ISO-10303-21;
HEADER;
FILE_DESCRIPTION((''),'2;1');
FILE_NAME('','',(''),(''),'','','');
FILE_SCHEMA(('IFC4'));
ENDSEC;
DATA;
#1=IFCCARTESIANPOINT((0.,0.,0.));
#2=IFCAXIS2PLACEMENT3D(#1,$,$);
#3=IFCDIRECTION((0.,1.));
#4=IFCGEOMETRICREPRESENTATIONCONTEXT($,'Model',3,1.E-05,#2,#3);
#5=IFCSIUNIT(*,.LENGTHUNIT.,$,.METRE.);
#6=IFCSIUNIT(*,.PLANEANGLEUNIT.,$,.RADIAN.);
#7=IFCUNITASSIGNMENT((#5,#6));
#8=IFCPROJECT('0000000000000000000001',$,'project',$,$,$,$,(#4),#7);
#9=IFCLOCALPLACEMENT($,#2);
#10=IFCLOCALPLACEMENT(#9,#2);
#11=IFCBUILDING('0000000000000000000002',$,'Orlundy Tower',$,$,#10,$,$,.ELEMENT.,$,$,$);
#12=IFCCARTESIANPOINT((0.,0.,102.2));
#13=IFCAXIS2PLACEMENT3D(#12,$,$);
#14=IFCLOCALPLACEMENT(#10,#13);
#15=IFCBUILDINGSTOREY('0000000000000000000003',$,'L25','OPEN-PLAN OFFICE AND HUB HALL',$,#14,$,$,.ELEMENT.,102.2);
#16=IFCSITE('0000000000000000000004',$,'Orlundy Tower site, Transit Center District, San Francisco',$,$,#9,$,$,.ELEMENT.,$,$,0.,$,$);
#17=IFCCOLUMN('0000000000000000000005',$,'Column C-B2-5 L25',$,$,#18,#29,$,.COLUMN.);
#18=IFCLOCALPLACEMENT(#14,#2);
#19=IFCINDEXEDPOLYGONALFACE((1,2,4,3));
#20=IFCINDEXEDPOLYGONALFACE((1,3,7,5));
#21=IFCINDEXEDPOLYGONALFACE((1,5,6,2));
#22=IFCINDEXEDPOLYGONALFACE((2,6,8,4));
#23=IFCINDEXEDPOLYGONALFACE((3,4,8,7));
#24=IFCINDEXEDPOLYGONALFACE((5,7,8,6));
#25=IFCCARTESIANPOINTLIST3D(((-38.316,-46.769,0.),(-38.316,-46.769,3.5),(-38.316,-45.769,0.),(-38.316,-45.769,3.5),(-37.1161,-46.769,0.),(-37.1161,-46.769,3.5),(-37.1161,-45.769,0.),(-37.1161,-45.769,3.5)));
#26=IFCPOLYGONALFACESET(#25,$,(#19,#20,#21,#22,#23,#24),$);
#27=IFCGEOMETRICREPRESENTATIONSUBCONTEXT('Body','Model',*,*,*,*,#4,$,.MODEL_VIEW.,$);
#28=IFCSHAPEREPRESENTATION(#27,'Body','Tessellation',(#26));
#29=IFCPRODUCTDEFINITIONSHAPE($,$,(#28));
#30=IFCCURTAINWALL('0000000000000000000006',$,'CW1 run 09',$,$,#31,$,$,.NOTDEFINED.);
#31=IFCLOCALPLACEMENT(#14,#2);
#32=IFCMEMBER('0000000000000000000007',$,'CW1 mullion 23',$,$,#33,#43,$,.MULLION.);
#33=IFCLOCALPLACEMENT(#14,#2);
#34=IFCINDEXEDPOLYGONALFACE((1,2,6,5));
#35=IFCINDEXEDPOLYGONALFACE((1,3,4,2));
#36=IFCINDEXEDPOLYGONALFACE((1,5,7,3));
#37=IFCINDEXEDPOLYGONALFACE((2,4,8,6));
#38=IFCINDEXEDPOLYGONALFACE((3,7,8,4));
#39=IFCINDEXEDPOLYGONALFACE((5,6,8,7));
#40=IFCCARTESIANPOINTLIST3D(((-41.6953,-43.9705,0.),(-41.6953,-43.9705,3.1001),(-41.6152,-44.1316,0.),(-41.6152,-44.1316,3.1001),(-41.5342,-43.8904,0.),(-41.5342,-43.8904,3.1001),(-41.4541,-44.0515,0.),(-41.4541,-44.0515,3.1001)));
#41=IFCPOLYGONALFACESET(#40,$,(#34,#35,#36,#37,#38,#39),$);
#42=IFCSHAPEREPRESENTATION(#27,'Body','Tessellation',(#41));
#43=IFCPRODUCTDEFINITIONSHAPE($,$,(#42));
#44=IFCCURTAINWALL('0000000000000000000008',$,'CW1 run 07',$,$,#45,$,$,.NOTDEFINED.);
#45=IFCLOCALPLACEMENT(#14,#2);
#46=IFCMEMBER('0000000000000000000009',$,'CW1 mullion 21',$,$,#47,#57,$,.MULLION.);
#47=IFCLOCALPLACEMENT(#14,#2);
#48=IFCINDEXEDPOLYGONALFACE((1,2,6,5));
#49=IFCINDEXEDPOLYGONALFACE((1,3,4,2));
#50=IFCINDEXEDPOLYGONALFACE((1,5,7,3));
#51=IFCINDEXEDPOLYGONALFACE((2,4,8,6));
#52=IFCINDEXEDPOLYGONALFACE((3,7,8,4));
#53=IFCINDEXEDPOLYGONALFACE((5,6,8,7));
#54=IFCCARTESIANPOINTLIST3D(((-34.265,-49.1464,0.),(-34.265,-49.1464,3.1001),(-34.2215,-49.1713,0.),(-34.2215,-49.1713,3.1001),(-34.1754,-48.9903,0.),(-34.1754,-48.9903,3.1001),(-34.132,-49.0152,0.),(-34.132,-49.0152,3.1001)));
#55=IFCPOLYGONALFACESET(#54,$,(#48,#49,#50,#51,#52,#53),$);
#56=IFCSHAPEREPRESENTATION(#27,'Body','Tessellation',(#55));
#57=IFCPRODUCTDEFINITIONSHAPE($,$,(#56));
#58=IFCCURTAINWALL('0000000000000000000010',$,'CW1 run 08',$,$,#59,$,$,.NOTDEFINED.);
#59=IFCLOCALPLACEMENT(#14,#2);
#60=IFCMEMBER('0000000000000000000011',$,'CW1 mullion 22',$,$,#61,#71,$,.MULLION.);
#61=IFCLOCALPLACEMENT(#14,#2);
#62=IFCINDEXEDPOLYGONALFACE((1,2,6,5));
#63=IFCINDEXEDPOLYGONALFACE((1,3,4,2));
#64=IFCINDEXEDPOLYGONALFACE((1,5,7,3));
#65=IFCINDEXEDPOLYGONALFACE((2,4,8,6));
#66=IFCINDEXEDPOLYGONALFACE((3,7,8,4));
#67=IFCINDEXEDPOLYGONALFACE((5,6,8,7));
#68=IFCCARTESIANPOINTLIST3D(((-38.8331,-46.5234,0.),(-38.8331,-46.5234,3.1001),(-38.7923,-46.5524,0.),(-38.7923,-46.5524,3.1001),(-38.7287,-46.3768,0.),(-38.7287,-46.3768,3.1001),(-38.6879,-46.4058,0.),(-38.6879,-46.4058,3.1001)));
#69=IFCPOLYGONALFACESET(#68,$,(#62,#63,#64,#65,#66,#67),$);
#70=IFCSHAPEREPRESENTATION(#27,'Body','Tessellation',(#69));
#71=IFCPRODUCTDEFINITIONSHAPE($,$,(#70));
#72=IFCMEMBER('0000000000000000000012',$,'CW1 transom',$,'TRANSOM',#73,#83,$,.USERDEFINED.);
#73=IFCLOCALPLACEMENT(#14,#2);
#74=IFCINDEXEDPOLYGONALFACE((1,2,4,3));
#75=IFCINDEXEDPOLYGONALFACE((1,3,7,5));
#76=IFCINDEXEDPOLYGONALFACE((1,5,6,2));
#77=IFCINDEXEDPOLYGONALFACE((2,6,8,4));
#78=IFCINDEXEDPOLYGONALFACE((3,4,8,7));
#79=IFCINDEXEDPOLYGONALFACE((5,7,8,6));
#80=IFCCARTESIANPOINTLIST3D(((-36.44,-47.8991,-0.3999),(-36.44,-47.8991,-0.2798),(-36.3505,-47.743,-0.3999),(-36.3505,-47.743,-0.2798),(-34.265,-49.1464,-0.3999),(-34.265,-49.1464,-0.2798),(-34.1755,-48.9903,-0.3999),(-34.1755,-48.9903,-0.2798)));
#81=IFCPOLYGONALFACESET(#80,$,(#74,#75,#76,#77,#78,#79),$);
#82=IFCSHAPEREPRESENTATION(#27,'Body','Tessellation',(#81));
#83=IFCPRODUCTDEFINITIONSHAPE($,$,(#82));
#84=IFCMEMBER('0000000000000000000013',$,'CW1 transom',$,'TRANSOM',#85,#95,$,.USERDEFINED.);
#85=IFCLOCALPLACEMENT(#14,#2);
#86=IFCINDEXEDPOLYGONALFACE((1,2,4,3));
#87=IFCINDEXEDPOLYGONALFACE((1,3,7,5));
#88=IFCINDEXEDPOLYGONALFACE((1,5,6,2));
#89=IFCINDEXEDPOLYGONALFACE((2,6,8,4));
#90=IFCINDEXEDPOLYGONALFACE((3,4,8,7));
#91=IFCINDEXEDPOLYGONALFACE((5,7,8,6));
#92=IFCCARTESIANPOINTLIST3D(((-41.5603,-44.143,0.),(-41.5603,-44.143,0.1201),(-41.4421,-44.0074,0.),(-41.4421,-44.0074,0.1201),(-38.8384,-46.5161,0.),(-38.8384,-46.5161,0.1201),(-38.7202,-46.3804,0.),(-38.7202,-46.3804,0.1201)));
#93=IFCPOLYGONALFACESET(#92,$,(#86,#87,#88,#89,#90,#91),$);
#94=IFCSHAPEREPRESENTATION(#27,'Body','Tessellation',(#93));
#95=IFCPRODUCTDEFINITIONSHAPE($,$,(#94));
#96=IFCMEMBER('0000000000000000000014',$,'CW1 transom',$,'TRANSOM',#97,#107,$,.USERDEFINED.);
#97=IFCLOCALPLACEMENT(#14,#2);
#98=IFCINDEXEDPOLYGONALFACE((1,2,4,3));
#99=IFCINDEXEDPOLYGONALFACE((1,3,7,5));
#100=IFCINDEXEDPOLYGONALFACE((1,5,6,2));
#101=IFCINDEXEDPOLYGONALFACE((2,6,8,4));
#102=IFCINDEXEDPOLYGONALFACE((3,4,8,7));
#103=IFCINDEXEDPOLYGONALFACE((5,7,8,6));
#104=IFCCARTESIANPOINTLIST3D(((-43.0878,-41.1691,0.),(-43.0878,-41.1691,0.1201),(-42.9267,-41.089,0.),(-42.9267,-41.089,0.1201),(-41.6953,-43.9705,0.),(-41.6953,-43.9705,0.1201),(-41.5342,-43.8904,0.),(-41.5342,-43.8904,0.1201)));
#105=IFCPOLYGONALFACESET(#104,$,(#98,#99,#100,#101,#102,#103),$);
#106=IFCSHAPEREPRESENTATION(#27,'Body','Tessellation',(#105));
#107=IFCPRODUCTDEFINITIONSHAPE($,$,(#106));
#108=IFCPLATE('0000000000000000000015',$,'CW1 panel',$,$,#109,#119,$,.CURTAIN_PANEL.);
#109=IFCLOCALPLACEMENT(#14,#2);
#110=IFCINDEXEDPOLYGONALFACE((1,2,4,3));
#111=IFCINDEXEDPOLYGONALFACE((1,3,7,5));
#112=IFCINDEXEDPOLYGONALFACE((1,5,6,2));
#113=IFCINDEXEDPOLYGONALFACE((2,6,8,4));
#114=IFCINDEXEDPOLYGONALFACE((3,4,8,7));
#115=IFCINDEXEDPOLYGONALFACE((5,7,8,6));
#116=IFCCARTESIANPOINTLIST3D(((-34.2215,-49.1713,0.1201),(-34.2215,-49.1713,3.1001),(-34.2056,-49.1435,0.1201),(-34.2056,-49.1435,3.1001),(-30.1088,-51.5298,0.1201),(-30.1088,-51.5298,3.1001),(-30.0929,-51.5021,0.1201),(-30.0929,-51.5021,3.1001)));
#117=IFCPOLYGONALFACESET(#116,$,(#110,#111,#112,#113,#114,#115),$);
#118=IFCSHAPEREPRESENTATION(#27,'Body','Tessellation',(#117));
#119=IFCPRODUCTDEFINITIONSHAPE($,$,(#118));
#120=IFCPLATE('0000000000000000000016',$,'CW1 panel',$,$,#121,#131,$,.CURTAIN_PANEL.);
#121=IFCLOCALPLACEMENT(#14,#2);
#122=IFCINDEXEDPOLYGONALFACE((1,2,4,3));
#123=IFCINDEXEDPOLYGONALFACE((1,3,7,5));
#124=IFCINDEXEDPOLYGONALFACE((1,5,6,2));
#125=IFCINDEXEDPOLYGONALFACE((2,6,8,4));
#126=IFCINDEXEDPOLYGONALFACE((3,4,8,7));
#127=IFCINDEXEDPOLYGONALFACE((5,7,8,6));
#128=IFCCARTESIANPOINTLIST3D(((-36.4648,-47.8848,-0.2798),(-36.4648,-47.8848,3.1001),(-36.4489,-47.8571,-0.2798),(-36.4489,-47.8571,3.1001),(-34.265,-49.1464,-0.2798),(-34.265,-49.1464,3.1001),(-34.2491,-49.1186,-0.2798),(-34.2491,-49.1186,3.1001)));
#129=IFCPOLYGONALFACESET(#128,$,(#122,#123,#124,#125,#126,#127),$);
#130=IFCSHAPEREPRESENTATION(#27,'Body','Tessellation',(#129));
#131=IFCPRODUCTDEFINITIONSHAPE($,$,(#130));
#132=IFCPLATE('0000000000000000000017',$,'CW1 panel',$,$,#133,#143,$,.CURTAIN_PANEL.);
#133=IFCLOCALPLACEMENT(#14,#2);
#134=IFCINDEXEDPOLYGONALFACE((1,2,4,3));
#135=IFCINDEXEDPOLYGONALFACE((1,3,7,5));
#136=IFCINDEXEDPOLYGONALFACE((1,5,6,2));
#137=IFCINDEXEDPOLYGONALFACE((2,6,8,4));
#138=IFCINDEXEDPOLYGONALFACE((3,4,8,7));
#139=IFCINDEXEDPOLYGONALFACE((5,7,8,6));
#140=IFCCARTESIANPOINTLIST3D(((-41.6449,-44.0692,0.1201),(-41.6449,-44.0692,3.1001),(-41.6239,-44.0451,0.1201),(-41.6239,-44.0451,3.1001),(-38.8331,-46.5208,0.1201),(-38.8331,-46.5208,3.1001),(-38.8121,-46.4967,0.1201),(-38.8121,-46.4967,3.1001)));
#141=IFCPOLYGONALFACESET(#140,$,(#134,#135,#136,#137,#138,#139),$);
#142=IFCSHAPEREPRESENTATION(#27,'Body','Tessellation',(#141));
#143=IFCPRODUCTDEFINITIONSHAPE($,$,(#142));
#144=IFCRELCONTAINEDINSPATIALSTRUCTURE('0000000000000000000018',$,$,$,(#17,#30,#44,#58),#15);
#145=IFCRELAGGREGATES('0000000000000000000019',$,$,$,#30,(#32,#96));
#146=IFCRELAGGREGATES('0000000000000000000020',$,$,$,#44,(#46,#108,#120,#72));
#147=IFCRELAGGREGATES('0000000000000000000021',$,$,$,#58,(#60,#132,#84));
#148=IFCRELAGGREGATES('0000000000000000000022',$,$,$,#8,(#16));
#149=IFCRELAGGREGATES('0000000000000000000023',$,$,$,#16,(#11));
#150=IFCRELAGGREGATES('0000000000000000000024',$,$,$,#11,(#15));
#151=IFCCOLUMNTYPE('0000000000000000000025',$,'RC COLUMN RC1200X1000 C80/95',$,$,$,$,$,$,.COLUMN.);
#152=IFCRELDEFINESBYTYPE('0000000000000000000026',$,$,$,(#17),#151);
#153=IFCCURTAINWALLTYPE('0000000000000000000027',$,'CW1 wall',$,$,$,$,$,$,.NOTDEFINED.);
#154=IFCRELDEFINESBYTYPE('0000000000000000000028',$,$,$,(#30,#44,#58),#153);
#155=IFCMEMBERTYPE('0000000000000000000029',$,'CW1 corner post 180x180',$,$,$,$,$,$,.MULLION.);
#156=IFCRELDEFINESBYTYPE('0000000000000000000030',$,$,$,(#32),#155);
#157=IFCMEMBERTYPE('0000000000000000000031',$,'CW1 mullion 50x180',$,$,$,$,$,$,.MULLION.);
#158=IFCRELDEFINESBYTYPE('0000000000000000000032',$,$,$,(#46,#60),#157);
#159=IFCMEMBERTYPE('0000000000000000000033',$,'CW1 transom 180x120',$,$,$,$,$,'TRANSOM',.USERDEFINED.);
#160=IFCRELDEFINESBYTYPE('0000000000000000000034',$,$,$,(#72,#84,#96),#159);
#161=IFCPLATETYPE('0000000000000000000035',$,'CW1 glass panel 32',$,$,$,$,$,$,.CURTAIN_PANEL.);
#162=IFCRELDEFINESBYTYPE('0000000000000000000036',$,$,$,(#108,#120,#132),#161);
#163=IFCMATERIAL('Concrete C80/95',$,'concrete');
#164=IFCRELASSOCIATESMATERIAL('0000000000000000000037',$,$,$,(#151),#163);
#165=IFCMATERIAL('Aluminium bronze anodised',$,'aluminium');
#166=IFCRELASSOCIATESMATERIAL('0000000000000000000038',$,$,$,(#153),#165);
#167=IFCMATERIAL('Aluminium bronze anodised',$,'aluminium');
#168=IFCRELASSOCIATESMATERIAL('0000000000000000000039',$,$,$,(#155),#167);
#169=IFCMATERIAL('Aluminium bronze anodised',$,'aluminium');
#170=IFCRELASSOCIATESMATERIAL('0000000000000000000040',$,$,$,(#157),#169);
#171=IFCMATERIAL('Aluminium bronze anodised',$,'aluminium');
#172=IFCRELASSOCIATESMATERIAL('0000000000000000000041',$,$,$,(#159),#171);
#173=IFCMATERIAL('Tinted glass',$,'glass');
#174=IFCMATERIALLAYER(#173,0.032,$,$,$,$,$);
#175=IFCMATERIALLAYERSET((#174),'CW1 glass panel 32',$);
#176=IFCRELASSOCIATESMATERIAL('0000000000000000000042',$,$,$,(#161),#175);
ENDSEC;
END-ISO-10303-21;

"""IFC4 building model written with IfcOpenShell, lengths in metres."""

from ifc_helpers import new_model, si_unit, direction, frame, origin, origin_2d, place, context, subcontext, project, spatial, rectangle, extrude, material, layer, layer_set, material_profile, profile_set, type_object, element, aggregate, save


model = new_model("IFC4")

# Units and contexts
model_context = context("Model", 3, precision=1e-05, world=origin(), true_north=direction((0.0, 1.0)))
body_context = subcontext(model_context, "Body", "Model", "MODEL_VIEW")
ifc_project = project(units=[si_unit("LENGTHUNIT", "METRE"), si_unit("PLANEANGLEUNIT", "RADIAN")], contexts=[model_context])

# Site, building, storey
site_placement = place(None, origin())
site = spatial("IfcSite", under=ifc_project, at=site_placement, Name="Orlundy Tower site, Transit Center District, San Francisco", CompositionType="ELEMENT", RefElevation=0.0)
building_placement = place(site_placement, origin())
building = spatial("IfcBuilding", under=site, at=building_placement, Name="Orlundy Tower", CompositionType="ELEMENT")
storey_placement = place(building_placement, frame((0.0, 0.0, 102.2)))
storey = spatial("IfcBuildingStorey", under=building, at=storey_placement, Name="L25", Description="OPEN-PLAN OFFICE AND HUB HALL", CompositionType="ELEMENT", Elevation=102.2)

# Column
ifc_material_1 = material(Name="Concrete C80/95", Category="concrete")
ifc_material_profile_1 = material_profile(ifc_material_1, rectangle(XDim=1.2, YDim=1.0, at=origin_2d()), Name="RC1200X1000")
ifc_profile_set_1 = profile_set([ifc_material_profile_1], Name="Concrete C80/95")
column_type = type_object("IfcColumnType", Name="RC COLUMN RC1200X1000 C80/95", PredefinedType="COLUMN", material=ifc_profile_set_1)
column_placement = place(storey_placement, frame((-37.7161, -46.269, 0.0), z_axis=(0.0, 0.0, 1.0), x_axis=(1.0, 0.0, 0.0)))
element("IfcColumn", 1, at=column_placement, inside=storey, type_object=column_type, Name="Column C-B2-5 L25", PredefinedType="COLUMN", context=body_context, shape_type="SweptSolid", body=[
    extrude(rectangle(XDim=1.2, YDim=1.0, at=origin_2d()), origin(), (0.0, 0.0, 1.0), 3.5),
])

# Curtain walls, members
ifc_material_2 = material(Name="Aluminium bronze anodised", Category="aluminium")
curtain_wall_type = type_object("IfcCurtainWallType", Name="CW1 wall", PredefinedType="NOTDEFINED", material=ifc_material_2)
curtain_wall_1_placement = place(storey_placement, origin())
curtain_wall_1 = element("IfcCurtainWall", 2, at=curtain_wall_1_placement, inside=storey, type_object=curtain_wall_type, Name="CW1 run 09", PredefinedType="NOTDEFINED")
ifc_material_3 = material(Name="Aluminium bronze anodised", Category="aluminium")
ifc_material_profile_2 = material_profile(ifc_material_3, rectangle(XDim=0.1799, YDim=0.1799, at=origin_2d()), Name="CW1 corner post 180x180")
ifc_profile_set_2 = profile_set([ifc_material_profile_2], Name="Aluminium bronze anodised")
member_type_1 = type_object("IfcMemberType", Name="CW1 corner post 180x180", PredefinedType="MULLION", material=ifc_profile_set_2)
member_1_placement = place(storey_placement, frame((-41.5747, -44.011, 0.0), z_axis=(0.0, 0.0, 1.0), x_axis=(-0.89545, -0.445162, 0.0)))
member_1 = element("IfcMember", 3, at=member_1_placement, type_object=member_type_1, Name="CW1 mullion 23", PredefinedType="MULLION", context=body_context, shape_type="SweptSolid", body=[
    extrude(rectangle(XDim=0.1799, YDim=0.1799, at=origin_2d()), origin(), (0.0, 0.0, 1.0), 3.1001),
])
curtain_wall_2_placement = place(storey_placement, origin())
curtain_wall_2 = element("IfcCurtainWall", 4, at=curtain_wall_2_placement, inside=storey, type_object=curtain_wall_type, Name="CW1 run 07", PredefinedType="NOTDEFINED")
ifc_material_4 = material(Name="Aluminium bronze anodised", Category="aluminium")
ifc_material_profile_3 = material_profile(ifc_material_4, rectangle(XDim=0.1799, YDim=0.05, at=origin_2d()), Name="CW1 mullion 50x180")
ifc_profile_set_3 = profile_set([ifc_material_profile_3], Name="Aluminium bronze anodised")
member_type_2 = type_object("IfcMemberType", Name="CW1 mullion 50x180", PredefinedType="MULLION", material=ifc_profile_set_3)
member_2_placement = place(storey_placement, frame((-34.1985, -49.0808, 0.0), z_axis=(0.0, 0.0, 1.0), x_axis=(-0.497477, -0.867477, 0.0)))
member_2 = element("IfcMember", 5, at=member_2_placement, type_object=member_type_2, Name="CW1 mullion 21", PredefinedType="MULLION", context=body_context, shape_type="SweptSolid", body=[
    extrude(rectangle(XDim=0.1799, YDim=0.05, at=origin_2d()), origin(), (0.0, 0.0, 1.0), 3.1001),
])
curtain_wall_3_placement = place(storey_placement, origin())
curtain_wall_3 = element("IfcCurtainWall", 6, at=curtain_wall_3_placement, inside=storey, type_object=curtain_wall_type, Name="CW1 run 08", PredefinedType="NOTDEFINED")
member_3_placement = place(storey_placement, frame((-38.7605, -46.4646, 0.0), z_axis=(0.0, 0.0, 1.0), x_axis=(-0.580116, -0.814534, 0.0)))
member_3 = element("IfcMember", 7, at=member_3_placement, type_object=member_type_2, Name="CW1 mullion 22", PredefinedType="MULLION", context=body_context, shape_type="SweptSolid", body=[
    extrude(rectangle(XDim=0.1799, YDim=0.05, at=origin_2d()), origin(), (0.0, 0.0, 1.0), 3.1001),
])

# Members
ifc_material_5 = material(Name="Aluminium bronze anodised", Category="aluminium")
ifc_material_profile_4 = material_profile(ifc_material_5, rectangle(XDim=0.1799, YDim=0.1201, at=origin_2d()), Name="CW1 transom 180x120")
ifc_profile_set_4 = profile_set([ifc_material_profile_4], Name="Aluminium bronze anodised")
member_type_3 = type_object("IfcMemberType", Name="CW1 transom 180x120", ElementType="TRANSOM", PredefinedType="USERDEFINED", material=ifc_profile_set_4)
member_4_placement = place(storey_placement, frame((-34.2202, -49.0684, -0.3398), z_axis=(-0.867481, 0.49747, 0.0), x_axis=(-0.49747, -0.867481, 0.0)))
member_4 = element("IfcMember", 8, at=member_4_placement, type_object=member_type_3, Name="CW1 transom", ObjectType="TRANSOM", PredefinedType="USERDEFINED", context=body_context, shape_type="SweptSolid", body=[
    extrude(rectangle(XDim=0.1799, YDim=0.1201, at=origin_2d()), origin(), (0.0, 0.0, 1.0), 2.5073),
])
member_5_placement = place(storey_placement, frame((-38.7793, -46.4482, 0.0601), z_axis=(-0.753761, 0.657149, 0.0), x_axis=(-0.657149, -0.753761, 0.0)))
member_5 = element("IfcMember", 9, at=member_5_placement, type_object=member_type_3, Name="CW1 transom", ObjectType="TRANSOM", PredefinedType="USERDEFINED", context=body_context, shape_type="SweptSolid", body=[
    extrude(rectangle(XDim=0.1799, YDim=0.1201, at=origin_2d()), origin(), (0.0, 0.0, 1.0), 3.6111),
])
member_6_placement = place(storey_placement, frame((-41.6147, -43.9304, 0.0601), z_axis=(-0.445121, 0.89547, 0.0), x_axis=(-0.89547, -0.445121, 0.0)))
member_6 = element("IfcMember", 10, at=member_6_placement, type_object=member_type_3, Name="CW1 transom", ObjectType="TRANSOM", PredefinedType="USERDEFINED", context=body_context, shape_type="SweptSolid", body=[
    extrude(rectangle(XDim=0.1799, YDim=0.1201, at=origin_2d()), origin(), (0.0, 0.0, 1.0), 3.1284),
])
aggregate(curtain_wall_1, [member_1, member_6])

# Plates
ifc_material_6 = material(Name="Tinted glass", Category="glass")
ifc_layer_1 = layer(ifc_material_6, 0.032)
ifc_layer_set_1 = layer_set([ifc_layer_1], Name="CW1 glass panel 32")
plate_type = type_object("IfcPlateType", Name="CW1 glass panel 32", PredefinedType="CURTAIN_PANEL", material=ifc_layer_set_1)
plate_1_placement = place(storey_placement, frame((-32.1572, -50.3367, 0.1201), z_axis=(0.0, 0.0, 1.0), x_axis=(-0.867477, 0.497477, 0.0)))
plate_1 = element("IfcPlate", 11, at=plate_1_placement, type_object=plate_type, Name="CW1 panel", PredefinedType="CURTAIN_PANEL", context=body_context, shape_type="SweptSolid", body=[
    extrude(rectangle(XDim=4.741, YDim=0.032, at=origin_2d()), origin(), (0.0, 0.0, 1.0), 2.98),
])
plate_2_placement = place(storey_placement, frame((-35.3569, -48.5017, -0.2798), z_axis=(0.0, 0.0, 1.0), x_axis=(-0.867477, 0.497477, 0.0)))
plate_2 = element("IfcPlate", 12, at=plate_2_placement, type_object=plate_type, Name="CW1 panel", PredefinedType="CURTAIN_PANEL", context=body_context, shape_type="SweptSolid", body=[
    extrude(rectangle(XDim=2.5359, YDim=0.032, at=origin_2d()), origin(), (0.0, 0.0, 1.0), 3.3799),
])
aggregate(curtain_wall_2, [member_2, plate_1, plate_2, member_4])
plate_3_placement = place(storey_placement, frame((-40.2285, -45.283, 0.1201), z_axis=(0.0, 0.0, 1.0), x_axis=(-0.753745, 0.657167, 0.0)))
plate_3 = element("IfcPlate", 13, at=plate_3_placement, type_object=plate_type, Name="CW1 panel", PredefinedType="CURTAIN_PANEL", context=body_context, shape_type="SweptSolid", body=[
    extrude(rectangle(XDim=3.7305, YDim=0.032, at=origin_2d()), origin(), (0.0, 0.0, 1.0), 2.98),
])
aggregate(curtain_wall_3, [member_3, plate_3, member_5])

save(model, "model.ifc")
